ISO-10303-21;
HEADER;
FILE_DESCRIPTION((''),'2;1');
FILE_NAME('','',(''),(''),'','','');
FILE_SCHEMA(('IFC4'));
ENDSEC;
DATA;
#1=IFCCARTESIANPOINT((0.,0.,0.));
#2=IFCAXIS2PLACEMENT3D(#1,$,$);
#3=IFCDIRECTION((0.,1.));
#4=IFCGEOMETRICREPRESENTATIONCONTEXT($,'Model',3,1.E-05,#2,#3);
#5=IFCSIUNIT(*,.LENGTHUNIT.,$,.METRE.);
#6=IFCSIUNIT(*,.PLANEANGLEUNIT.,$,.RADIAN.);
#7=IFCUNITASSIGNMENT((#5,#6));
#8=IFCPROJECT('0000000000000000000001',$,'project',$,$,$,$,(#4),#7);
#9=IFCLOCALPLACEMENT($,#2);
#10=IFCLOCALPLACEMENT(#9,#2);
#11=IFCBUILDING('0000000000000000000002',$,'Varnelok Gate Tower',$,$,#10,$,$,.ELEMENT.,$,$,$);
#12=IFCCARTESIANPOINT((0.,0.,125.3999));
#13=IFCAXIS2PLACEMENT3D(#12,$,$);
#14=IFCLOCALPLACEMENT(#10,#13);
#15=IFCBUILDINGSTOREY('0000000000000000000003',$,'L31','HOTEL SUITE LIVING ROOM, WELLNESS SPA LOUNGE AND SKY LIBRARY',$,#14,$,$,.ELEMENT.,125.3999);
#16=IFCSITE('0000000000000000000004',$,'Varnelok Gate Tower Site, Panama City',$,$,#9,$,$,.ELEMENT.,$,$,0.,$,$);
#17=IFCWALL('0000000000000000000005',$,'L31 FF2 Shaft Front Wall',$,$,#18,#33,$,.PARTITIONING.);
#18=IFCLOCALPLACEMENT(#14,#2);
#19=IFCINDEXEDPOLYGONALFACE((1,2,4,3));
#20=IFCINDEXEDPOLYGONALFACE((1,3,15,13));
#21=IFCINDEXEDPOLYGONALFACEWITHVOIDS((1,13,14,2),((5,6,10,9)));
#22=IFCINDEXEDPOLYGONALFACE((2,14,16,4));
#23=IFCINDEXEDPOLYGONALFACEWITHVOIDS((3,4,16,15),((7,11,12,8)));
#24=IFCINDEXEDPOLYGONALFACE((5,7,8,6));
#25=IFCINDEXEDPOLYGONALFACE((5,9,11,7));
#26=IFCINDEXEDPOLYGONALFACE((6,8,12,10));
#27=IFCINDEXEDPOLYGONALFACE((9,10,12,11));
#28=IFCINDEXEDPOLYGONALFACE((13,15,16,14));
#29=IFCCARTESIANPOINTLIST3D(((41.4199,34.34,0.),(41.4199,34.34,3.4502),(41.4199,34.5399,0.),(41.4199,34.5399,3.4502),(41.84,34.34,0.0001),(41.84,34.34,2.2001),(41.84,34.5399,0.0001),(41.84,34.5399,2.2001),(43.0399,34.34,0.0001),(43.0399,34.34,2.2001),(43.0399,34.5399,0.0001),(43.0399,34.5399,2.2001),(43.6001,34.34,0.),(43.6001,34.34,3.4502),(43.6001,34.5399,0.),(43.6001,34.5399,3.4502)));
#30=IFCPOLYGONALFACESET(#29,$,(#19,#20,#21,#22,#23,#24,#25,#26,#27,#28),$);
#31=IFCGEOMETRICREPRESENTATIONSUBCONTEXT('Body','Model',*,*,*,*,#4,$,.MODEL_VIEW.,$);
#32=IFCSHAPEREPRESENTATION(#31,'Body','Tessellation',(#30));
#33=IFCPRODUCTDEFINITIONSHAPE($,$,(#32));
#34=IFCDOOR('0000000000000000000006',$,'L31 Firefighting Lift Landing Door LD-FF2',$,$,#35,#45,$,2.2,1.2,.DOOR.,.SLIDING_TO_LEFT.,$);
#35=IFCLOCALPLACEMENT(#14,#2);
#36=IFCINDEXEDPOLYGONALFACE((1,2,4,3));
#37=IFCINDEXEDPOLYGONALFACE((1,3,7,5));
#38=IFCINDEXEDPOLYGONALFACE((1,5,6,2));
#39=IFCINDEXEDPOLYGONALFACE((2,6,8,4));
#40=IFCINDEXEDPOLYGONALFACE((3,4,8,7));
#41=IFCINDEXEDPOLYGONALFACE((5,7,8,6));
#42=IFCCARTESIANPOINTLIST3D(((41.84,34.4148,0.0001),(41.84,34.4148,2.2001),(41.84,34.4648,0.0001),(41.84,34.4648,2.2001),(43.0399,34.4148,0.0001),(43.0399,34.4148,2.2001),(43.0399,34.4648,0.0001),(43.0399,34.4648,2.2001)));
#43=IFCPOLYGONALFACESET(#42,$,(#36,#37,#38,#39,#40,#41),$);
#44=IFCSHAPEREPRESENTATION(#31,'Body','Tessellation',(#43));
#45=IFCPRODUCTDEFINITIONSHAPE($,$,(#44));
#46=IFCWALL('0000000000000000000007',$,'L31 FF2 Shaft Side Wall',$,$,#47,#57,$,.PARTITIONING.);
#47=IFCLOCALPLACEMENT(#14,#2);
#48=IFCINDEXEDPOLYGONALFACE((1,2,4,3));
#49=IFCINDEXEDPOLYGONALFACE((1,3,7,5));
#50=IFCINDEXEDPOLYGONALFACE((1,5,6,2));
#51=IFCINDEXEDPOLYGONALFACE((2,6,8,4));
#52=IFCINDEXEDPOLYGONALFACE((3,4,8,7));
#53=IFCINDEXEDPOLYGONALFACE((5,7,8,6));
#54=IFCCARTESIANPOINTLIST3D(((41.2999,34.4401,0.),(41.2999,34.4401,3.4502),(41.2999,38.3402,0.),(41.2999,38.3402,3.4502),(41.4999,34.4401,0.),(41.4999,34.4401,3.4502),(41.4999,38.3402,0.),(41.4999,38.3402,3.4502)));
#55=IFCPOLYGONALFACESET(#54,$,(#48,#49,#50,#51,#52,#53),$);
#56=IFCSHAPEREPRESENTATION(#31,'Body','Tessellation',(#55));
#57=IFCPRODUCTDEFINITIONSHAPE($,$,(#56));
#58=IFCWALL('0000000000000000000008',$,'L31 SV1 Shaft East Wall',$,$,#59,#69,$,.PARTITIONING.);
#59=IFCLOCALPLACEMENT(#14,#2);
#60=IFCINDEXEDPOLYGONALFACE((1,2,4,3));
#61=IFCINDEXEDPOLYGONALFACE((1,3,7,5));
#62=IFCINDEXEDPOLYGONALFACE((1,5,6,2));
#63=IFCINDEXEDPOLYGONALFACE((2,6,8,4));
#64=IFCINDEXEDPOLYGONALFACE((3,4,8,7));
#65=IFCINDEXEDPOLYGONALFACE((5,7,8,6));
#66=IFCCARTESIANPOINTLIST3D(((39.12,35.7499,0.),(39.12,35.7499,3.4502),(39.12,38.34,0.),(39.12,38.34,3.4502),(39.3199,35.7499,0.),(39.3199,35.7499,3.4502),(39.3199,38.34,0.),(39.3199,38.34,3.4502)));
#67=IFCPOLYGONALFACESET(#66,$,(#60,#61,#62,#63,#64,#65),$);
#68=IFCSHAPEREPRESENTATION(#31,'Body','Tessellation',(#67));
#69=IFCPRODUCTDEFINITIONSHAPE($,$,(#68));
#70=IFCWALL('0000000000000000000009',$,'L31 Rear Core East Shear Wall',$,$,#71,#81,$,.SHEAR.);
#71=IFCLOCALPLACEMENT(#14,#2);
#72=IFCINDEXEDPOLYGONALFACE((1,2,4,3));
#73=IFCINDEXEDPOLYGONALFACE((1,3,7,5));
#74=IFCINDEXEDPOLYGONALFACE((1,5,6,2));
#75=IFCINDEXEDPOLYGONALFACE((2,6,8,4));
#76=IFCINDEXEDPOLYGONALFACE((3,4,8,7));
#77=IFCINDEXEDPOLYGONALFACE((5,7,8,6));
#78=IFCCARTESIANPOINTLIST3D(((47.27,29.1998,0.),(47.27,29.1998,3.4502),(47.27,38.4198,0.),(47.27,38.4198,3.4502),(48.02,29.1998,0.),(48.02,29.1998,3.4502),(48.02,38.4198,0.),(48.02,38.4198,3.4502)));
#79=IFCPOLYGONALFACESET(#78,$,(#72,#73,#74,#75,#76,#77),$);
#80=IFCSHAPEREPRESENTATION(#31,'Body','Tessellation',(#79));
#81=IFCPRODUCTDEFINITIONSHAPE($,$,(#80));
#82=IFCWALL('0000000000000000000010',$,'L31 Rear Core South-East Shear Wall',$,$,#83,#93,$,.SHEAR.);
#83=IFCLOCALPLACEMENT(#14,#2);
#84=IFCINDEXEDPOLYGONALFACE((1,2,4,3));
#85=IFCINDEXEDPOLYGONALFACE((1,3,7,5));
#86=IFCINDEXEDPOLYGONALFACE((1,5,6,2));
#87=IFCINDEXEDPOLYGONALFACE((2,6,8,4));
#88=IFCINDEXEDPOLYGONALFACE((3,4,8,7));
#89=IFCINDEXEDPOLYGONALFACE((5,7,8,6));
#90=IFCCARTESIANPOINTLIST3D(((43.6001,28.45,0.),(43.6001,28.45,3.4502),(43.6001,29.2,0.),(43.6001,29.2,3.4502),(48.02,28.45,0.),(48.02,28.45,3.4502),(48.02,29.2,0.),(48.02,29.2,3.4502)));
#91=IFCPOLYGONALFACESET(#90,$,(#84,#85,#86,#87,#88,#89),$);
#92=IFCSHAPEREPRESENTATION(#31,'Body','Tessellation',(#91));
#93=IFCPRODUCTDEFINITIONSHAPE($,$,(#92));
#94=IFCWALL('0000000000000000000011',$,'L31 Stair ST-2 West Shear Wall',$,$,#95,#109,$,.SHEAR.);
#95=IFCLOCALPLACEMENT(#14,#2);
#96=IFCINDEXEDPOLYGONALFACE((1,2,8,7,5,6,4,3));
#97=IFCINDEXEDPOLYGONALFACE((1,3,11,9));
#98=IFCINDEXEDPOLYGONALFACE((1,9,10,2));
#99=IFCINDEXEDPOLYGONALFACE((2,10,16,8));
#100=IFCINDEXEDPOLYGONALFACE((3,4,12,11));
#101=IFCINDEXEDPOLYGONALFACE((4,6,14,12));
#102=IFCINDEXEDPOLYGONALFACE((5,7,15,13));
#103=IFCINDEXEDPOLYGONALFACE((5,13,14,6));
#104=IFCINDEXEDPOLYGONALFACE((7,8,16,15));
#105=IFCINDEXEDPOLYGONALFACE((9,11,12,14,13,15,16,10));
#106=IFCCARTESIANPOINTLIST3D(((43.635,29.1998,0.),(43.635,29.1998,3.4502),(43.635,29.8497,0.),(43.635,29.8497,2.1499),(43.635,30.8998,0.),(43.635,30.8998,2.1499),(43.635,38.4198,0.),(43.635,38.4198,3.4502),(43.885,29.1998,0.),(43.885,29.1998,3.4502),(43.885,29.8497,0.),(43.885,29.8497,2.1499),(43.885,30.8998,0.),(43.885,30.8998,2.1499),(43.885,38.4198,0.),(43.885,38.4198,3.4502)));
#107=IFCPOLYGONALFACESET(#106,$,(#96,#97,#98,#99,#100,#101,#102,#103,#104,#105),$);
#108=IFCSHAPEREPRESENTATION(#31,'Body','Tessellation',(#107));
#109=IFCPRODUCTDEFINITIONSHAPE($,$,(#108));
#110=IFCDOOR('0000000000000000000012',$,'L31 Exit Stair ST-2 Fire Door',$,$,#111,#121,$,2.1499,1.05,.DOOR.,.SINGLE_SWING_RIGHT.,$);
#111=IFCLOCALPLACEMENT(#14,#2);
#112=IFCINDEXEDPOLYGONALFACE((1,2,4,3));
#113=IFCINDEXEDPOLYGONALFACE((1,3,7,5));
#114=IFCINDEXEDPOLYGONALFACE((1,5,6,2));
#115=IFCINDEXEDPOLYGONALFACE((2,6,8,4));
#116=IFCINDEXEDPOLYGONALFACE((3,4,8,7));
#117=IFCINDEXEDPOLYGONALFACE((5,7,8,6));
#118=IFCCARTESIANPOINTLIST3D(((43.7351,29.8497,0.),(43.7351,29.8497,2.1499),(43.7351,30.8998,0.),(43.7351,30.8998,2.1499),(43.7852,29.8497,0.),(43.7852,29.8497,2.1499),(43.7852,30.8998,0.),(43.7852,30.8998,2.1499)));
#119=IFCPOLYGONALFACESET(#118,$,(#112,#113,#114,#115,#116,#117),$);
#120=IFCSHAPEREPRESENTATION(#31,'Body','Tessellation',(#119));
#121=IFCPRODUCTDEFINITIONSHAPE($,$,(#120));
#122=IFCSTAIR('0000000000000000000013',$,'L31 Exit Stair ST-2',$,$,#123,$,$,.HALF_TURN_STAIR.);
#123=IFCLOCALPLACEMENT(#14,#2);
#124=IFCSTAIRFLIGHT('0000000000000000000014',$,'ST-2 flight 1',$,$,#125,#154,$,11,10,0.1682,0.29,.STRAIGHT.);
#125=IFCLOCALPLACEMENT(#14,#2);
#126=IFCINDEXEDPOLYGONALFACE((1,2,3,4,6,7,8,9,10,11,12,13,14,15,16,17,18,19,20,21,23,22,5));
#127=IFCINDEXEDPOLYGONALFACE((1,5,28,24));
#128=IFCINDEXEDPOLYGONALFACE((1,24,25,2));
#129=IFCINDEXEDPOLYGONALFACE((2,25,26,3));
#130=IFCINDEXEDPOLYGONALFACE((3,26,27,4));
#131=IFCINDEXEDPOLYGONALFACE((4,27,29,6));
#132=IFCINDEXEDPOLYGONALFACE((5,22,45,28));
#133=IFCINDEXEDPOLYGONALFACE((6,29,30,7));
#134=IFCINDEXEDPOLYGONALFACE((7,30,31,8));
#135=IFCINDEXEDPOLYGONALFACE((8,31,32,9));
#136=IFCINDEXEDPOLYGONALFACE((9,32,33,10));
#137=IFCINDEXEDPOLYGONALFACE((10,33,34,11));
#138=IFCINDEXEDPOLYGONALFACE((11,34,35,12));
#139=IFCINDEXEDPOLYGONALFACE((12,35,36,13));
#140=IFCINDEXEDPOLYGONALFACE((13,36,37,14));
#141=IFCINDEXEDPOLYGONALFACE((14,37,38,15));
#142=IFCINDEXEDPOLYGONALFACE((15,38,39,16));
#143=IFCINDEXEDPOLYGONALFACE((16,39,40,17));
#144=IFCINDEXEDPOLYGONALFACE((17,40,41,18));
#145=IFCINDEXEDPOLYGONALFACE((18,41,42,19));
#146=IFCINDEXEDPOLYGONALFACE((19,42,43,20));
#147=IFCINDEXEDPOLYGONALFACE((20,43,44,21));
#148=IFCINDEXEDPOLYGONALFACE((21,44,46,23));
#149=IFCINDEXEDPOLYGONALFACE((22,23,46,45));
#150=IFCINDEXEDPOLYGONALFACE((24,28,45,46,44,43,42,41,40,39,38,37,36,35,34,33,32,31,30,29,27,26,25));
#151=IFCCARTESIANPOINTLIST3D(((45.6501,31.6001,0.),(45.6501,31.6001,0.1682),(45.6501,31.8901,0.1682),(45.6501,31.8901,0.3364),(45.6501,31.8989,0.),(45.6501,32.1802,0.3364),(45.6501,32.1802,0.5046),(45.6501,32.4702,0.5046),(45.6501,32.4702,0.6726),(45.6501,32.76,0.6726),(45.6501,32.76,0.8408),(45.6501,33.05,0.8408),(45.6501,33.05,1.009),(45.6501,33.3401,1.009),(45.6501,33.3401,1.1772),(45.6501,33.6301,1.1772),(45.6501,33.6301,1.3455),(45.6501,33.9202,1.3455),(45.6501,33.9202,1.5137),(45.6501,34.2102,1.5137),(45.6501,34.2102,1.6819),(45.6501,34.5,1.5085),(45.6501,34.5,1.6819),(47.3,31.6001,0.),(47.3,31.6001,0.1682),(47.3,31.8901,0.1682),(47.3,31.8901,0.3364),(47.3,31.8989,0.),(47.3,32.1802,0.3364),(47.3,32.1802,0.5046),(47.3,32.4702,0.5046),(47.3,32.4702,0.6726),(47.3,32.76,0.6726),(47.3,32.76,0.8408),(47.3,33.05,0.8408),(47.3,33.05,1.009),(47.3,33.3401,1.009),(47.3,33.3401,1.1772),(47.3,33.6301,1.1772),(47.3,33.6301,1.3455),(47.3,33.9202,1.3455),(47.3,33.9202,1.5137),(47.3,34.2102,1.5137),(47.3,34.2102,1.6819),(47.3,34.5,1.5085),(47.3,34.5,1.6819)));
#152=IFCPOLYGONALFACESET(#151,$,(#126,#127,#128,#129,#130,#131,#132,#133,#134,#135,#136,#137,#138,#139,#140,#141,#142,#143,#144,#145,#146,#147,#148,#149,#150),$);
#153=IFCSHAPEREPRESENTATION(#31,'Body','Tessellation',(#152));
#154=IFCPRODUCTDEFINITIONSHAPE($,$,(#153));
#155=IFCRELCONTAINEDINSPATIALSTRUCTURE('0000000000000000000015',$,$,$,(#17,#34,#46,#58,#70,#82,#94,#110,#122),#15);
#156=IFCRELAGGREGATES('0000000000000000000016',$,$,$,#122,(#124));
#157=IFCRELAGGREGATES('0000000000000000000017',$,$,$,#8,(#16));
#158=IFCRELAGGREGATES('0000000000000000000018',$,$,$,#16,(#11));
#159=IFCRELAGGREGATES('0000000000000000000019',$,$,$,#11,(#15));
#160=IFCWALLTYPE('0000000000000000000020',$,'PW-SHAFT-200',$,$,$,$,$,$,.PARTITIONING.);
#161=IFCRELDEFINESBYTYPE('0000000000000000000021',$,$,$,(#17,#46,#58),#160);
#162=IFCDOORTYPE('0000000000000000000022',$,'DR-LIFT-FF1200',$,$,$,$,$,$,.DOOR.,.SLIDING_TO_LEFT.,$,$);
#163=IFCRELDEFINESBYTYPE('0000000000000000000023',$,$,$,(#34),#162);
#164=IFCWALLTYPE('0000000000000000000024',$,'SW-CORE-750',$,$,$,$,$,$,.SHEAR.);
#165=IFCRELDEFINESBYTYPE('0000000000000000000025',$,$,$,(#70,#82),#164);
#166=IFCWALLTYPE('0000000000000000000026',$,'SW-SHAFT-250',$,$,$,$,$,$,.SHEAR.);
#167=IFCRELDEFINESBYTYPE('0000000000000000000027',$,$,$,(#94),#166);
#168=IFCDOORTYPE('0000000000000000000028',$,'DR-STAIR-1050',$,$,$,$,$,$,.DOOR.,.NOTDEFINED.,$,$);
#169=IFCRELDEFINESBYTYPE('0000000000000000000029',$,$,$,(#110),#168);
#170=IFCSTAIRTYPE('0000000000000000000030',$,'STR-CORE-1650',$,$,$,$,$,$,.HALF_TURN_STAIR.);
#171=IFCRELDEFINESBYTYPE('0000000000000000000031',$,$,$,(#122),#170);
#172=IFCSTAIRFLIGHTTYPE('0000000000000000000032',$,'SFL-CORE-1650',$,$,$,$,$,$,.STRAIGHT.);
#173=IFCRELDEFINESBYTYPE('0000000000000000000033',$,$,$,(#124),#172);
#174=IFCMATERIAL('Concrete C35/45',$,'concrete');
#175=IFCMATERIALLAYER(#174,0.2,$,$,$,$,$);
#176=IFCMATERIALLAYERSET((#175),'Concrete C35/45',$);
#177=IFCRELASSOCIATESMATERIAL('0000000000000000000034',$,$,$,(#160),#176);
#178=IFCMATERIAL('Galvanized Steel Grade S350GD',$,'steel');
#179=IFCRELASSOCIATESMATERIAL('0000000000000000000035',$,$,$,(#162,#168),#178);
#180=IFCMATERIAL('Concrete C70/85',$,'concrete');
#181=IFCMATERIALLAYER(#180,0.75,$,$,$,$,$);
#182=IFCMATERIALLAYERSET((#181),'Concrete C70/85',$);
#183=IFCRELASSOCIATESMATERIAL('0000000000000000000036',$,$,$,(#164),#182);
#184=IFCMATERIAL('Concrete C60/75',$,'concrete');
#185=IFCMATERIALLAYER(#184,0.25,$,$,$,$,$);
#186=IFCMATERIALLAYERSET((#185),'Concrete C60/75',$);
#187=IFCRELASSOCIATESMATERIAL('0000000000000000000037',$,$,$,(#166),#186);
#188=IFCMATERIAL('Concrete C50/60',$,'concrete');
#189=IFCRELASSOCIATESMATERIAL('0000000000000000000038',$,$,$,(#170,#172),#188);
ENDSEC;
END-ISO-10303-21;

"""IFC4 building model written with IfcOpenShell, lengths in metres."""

from ifc_helpers import new_model, si_unit, direction, frame, frame_2d, origin, place, context, subcontext, project, spatial, polyline, rectangle, outline, extrude, material, layer, layer_set, type_object, element, fill, aggregate, save


model = new_model("IFC4")

# Units and contexts
model_context = context("Model", 3, precision=1e-05, world=origin(), true_north=direction((0.0, 1.0)))
body_context = subcontext(model_context, "Body", "Model", "MODEL_VIEW")
ifc_project = project(units=[si_unit("LENGTHUNIT", "METRE"), si_unit("PLANEANGLEUNIT", "RADIAN")], contexts=[model_context])

# Site, building, storey
site_placement = place(None, origin())
site = spatial("IfcSite", under=ifc_project, at=site_placement, Name="Varnelok Gate Tower Site, Panama City", CompositionType="ELEMENT", RefElevation=0.0)
building_placement = place(site_placement, origin())
building = spatial("IfcBuilding", under=site, at=building_placement, Name="Varnelok Gate Tower", CompositionType="ELEMENT")
storey_placement = place(building_placement, frame((0.0, 0.0, 125.3999)))
storey = spatial("IfcBuildingStorey", under=building, at=storey_placement, Name="L31", Description="HOTEL SUITE LIVING ROOM, WELLNESS SPA LOUNGE AND SKY LIBRARY", CompositionType="ELEMENT", Elevation=125.3999)

# Shared definitions
ifc_material_1 = material(Name="Concrete C70/85", Category="concrete")

# Shared definitions
ifc_material_2 = material(Name="Galvanized Steel Grade S350GD", Category="steel")

# Shared definitions
ifc_material_3 = material(Name="Concrete C35/45", Category="concrete")
ifc_layer_1 = layer(ifc_material_3, 0.2)
ifc_layer_set_1 = layer_set([ifc_layer_1], Name="Concrete C35/45")
wall_type_1 = type_object("IfcWallType", Name="PW-SHAFT-200", PredefinedType="PARTITIONING", material=ifc_layer_set_1)

# Wall, opening, door
wall_1_placement = place(storey_placement, frame((41.4199, 34.4399, 0.0), z_axis=(0.0, 0.0, 1.0), x_axis=(1.0, 0.0, 0.0)))
wall_1 = element("IfcWall", 1, at=wall_1_placement, inside=storey, type_object=wall_type_1, Name="L31 FF2 Shaft Front Wall", PredefinedType="PARTITIONING", context=body_context, shape_type="SweptSolid", body=[
    extrude(rectangle(XDim=2.1802, YDim=0.2, at=frame_2d((1.0901, 0.0))), origin(), (0.0, 0.0, 1.0), 3.4502),
])
opening_1_placement = place(wall_1_placement, frame((0.4199, 0.0, 0.0)))
opening_1 = element("IfcOpeningElement", 2, at=opening_1_placement, cuts=wall_1, PredefinedType="OPENING", context=body_context, shape_type="SweptSolid", body=[
    extrude(rectangle(XDim=1.2, YDim=2.2, at=frame_2d((0.6001, 1.1001))), frame((0.0, 0.1099, 0.0), z_axis=(0.0, -1.0, 0.0), x_axis=(1.0, 0.0, 0.0)), (0.0, 0.0, 1.0), 0.22),
])
door_type_1 = type_object("IfcDoorType", Name="DR-LIFT-FF1200", OperationType="SLIDING_TO_LEFT", PredefinedType="DOOR", material=ifc_material_2)
door_1_placement = place(opening_1_placement, origin())
door_1 = element("IfcDoor", 3, at=door_1_placement, inside=storey, type_object=door_type_1, Name="L31 Firefighting Lift Landing Door LD-FF2", OperationType="SLIDING_TO_LEFT", OverallHeight=2.2, OverallWidth=1.2, PredefinedType="DOOR", context=body_context, shape_type="SweptSolid", body=[
    extrude(rectangle(XDim=1.2, YDim=2.2, at=frame_2d((0.6001, 1.1001))), frame((0.0, 0.0249, 0.0), z_axis=(0.0, -1.0, 0.0), x_axis=(1.0, 0.0, 0.0)), (0.0, 0.0, 1.0), 0.05),
])
fill(opening_1, door_1)

# Walls
wall_2_placement = place(storey_placement, frame((41.3999, 34.4399, 0.0), z_axis=(0.0, 0.0, 1.0), x_axis=(0.0, 1.0, 0.0)))
element("IfcWall", 4, at=wall_2_placement, inside=storey, type_object=wall_type_1, Name="L31 FF2 Shaft Side Wall", PredefinedType="PARTITIONING", context=body_context, shape_type="SweptSolid", body=[
    extrude(rectangle(XDim=3.9001, YDim=0.2, at=frame_2d((1.9502, 0.0))), origin(), (0.0, 0.0, 1.0), 3.4502),
])
wall_3_placement = place(storey_placement, frame((39.22, 35.75, 0.0), z_axis=(0.0, 0.0, 1.0), x_axis=(0.0, 1.0, 0.0)))
element("IfcWall", 5, at=wall_3_placement, inside=storey, type_object=wall_type_1, Name="L31 SV1 Shaft East Wall", PredefinedType="PARTITIONING", context=body_context, shape_type="SweptSolid", body=[
    extrude(rectangle(XDim=2.5901, YDim=0.2, at=frame_2d((1.2949, 0.0))), origin(), (0.0, 0.0, 1.0), 3.4502),
])
ifc_layer_2 = layer(ifc_material_1, 0.75)
ifc_layer_set_2 = layer_set([ifc_layer_2], Name="Concrete C70/85")
wall_type_2 = type_object("IfcWallType", Name="SW-CORE-750", PredefinedType="SHEAR", material=ifc_layer_set_2)
wall_4_placement = place(storey_placement, frame((47.645, 29.2, 0.0), z_axis=(0.0, 0.0, 1.0), x_axis=(0.0, 1.0, 0.0)))
element("IfcWall", 6, at=wall_4_placement, inside=storey, type_object=wall_type_2, Name="L31 Rear Core East Shear Wall", PredefinedType="SHEAR", context=body_context, shape_type="SweptSolid", body=[
    extrude(rectangle(XDim=9.22, YDim=0.75, at=frame_2d((4.6099, 0.0))), origin(), (0.0, 0.0, 1.0), 3.4502),
])
wall_5_placement = place(storey_placement, frame((43.6001, 28.825, 0.0), z_axis=(0.0, 0.0, 1.0), x_axis=(1.0, 0.0, 0.0)))
element("IfcWall", 7, at=wall_5_placement, inside=storey, type_object=wall_type_2, Name="L31 Rear Core South-East Shear Wall", PredefinedType="SHEAR", context=body_context, shape_type="SweptSolid", body=[
    extrude(rectangle(XDim=4.4199, YDim=0.75, at=frame_2d((2.21, 0.0))), origin(), (0.0, 0.0, 1.0), 3.4502),
])

# Wall, opening, door
ifc_material_4 = material(Name="Concrete C60/75", Category="concrete")
ifc_layer_3 = layer(ifc_material_4, 0.25)
ifc_layer_set_3 = layer_set([ifc_layer_3], Name="Concrete C60/75")
wall_type_3 = type_object("IfcWallType", Name="SW-SHAFT-250", PredefinedType="SHEAR", material=ifc_layer_set_3)
wall_6_placement = place(storey_placement, frame((43.76, 29.2, 0.0), z_axis=(0.0, 0.0, 1.0), x_axis=(0.0, 1.0, 0.0)))
wall_6 = element("IfcWall", 8, at=wall_6_placement, inside=storey, type_object=wall_type_3, Name="L31 Stair ST-2 West Shear Wall", PredefinedType="SHEAR", context=body_context, shape_type="SweptSolid", body=[
    extrude(rectangle(XDim=9.22, YDim=0.25, at=frame_2d((4.6099, 0.0))), origin(), (0.0, 0.0, 1.0), 3.4502),
])
opening_2_placement = place(wall_6_placement, frame((0.6499, 0.0, 0.0)))
opening_2 = element("IfcOpeningElement", 9, at=opening_2_placement, cuts=wall_6, PredefinedType="OPENING", context=body_context, shape_type="SweptSolid", body=[
    extrude(rectangle(XDim=1.05, YDim=2.1499, at=frame_2d((0.5249, 1.075))), frame((0.0, 0.135, 0.0), z_axis=(0.0, -1.0, 0.0), x_axis=(1.0, 0.0, 0.0)), (0.0, 0.0, 1.0), 0.27),
])
door_type_2 = type_object("IfcDoorType", Name="DR-STAIR-1050", OperationType="NOTDEFINED", PredefinedType="DOOR", material=ifc_material_2)
door_2_placement = place(opening_2_placement, origin())
door_2 = element("IfcDoor", 10, at=door_2_placement, inside=storey, type_object=door_type_2, Name="L31 Exit Stair ST-2 Fire Door", OperationType="SINGLE_SWING_RIGHT", OverallHeight=2.1499, OverallWidth=1.05, PredefinedType="DOOR", context=body_context, shape_type="SweptSolid", body=[
    extrude(rectangle(XDim=1.05, YDim=2.1499, at=frame_2d((0.5249, 1.075))), frame((0.0, 0.0249, 0.0), z_axis=(0.0, -1.0, 0.0), x_axis=(1.0, 0.0, 0.0)), (0.0, 0.0, 1.0), 0.05),
])
fill(opening_2, door_2)

# Stair, stair flight
ifc_material_5 = material(Name="Concrete C50/60", Category="concrete")
stair_type = type_object("IfcStairType", Name="STR-CORE-1650", PredefinedType="HALF_TURN_STAIR", material=ifc_material_5)
stair_placement = place(storey_placement, origin())
stair = element("IfcStair", 11, at=stair_placement, inside=storey, type_object=stair_type, Name="L31 Exit Stair ST-2", PredefinedType="HALF_TURN_STAIR")
stair_flight_type = type_object("IfcStairFlightType", Name="SFL-CORE-1650", PredefinedType="STRAIGHT", material=ifc_material_5)
stair_flight_1_placement = place(storey_placement, frame((46.4751, 31.6001, 0.0), z_axis=(0.0, 0.0, 1.0), x_axis=(0.0, 1.0, 0.0)))
stair_flight_1 = element("IfcStairFlight", 12, at=stair_flight_1_placement, type_object=stair_flight_type, Name="ST-2 flight 1", NumberOfRisers=11, NumberOfTreads=10, PredefinedType="STRAIGHT", RiserHeight=0.1682, TreadLength=0.29, context=body_context, shape_type="SweptSolid", body=[
    extrude(outline(polyline([(0.0, 0.0), (0.0, 0.1682), (0.29, 0.1682), (0.29, 0.3364), (0.5801, 0.3364), (0.5801, 0.5046), (0.8701, 0.5046), (0.8701, 0.6726), (1.1599, 0.6726), (1.1599, 0.8408), (1.45, 0.8408), (1.45, 1.009), (1.74, 1.009), (1.74, 1.1772), (2.03, 1.1772), (2.03, 1.3455), (2.3201, 1.3455), (2.3201, 1.5137), (2.6101, 1.5137), (2.6101, 1.6819), (2.8999, 1.6819), (2.8999, 1.8501), (2.8999, 1.5085), (0.2988, 0.0), (0.0, 0.0)])), frame((0.0, 0.825, 0.0), z_axis=(0.0, -1.0, 0.0), x_axis=(1.0, 0.0, 0.0)), (0.0, 0.0, 1.0), 1.6499),
])
aggregate(stair, [stair_flight_1])

save(model, "model.ifc")
